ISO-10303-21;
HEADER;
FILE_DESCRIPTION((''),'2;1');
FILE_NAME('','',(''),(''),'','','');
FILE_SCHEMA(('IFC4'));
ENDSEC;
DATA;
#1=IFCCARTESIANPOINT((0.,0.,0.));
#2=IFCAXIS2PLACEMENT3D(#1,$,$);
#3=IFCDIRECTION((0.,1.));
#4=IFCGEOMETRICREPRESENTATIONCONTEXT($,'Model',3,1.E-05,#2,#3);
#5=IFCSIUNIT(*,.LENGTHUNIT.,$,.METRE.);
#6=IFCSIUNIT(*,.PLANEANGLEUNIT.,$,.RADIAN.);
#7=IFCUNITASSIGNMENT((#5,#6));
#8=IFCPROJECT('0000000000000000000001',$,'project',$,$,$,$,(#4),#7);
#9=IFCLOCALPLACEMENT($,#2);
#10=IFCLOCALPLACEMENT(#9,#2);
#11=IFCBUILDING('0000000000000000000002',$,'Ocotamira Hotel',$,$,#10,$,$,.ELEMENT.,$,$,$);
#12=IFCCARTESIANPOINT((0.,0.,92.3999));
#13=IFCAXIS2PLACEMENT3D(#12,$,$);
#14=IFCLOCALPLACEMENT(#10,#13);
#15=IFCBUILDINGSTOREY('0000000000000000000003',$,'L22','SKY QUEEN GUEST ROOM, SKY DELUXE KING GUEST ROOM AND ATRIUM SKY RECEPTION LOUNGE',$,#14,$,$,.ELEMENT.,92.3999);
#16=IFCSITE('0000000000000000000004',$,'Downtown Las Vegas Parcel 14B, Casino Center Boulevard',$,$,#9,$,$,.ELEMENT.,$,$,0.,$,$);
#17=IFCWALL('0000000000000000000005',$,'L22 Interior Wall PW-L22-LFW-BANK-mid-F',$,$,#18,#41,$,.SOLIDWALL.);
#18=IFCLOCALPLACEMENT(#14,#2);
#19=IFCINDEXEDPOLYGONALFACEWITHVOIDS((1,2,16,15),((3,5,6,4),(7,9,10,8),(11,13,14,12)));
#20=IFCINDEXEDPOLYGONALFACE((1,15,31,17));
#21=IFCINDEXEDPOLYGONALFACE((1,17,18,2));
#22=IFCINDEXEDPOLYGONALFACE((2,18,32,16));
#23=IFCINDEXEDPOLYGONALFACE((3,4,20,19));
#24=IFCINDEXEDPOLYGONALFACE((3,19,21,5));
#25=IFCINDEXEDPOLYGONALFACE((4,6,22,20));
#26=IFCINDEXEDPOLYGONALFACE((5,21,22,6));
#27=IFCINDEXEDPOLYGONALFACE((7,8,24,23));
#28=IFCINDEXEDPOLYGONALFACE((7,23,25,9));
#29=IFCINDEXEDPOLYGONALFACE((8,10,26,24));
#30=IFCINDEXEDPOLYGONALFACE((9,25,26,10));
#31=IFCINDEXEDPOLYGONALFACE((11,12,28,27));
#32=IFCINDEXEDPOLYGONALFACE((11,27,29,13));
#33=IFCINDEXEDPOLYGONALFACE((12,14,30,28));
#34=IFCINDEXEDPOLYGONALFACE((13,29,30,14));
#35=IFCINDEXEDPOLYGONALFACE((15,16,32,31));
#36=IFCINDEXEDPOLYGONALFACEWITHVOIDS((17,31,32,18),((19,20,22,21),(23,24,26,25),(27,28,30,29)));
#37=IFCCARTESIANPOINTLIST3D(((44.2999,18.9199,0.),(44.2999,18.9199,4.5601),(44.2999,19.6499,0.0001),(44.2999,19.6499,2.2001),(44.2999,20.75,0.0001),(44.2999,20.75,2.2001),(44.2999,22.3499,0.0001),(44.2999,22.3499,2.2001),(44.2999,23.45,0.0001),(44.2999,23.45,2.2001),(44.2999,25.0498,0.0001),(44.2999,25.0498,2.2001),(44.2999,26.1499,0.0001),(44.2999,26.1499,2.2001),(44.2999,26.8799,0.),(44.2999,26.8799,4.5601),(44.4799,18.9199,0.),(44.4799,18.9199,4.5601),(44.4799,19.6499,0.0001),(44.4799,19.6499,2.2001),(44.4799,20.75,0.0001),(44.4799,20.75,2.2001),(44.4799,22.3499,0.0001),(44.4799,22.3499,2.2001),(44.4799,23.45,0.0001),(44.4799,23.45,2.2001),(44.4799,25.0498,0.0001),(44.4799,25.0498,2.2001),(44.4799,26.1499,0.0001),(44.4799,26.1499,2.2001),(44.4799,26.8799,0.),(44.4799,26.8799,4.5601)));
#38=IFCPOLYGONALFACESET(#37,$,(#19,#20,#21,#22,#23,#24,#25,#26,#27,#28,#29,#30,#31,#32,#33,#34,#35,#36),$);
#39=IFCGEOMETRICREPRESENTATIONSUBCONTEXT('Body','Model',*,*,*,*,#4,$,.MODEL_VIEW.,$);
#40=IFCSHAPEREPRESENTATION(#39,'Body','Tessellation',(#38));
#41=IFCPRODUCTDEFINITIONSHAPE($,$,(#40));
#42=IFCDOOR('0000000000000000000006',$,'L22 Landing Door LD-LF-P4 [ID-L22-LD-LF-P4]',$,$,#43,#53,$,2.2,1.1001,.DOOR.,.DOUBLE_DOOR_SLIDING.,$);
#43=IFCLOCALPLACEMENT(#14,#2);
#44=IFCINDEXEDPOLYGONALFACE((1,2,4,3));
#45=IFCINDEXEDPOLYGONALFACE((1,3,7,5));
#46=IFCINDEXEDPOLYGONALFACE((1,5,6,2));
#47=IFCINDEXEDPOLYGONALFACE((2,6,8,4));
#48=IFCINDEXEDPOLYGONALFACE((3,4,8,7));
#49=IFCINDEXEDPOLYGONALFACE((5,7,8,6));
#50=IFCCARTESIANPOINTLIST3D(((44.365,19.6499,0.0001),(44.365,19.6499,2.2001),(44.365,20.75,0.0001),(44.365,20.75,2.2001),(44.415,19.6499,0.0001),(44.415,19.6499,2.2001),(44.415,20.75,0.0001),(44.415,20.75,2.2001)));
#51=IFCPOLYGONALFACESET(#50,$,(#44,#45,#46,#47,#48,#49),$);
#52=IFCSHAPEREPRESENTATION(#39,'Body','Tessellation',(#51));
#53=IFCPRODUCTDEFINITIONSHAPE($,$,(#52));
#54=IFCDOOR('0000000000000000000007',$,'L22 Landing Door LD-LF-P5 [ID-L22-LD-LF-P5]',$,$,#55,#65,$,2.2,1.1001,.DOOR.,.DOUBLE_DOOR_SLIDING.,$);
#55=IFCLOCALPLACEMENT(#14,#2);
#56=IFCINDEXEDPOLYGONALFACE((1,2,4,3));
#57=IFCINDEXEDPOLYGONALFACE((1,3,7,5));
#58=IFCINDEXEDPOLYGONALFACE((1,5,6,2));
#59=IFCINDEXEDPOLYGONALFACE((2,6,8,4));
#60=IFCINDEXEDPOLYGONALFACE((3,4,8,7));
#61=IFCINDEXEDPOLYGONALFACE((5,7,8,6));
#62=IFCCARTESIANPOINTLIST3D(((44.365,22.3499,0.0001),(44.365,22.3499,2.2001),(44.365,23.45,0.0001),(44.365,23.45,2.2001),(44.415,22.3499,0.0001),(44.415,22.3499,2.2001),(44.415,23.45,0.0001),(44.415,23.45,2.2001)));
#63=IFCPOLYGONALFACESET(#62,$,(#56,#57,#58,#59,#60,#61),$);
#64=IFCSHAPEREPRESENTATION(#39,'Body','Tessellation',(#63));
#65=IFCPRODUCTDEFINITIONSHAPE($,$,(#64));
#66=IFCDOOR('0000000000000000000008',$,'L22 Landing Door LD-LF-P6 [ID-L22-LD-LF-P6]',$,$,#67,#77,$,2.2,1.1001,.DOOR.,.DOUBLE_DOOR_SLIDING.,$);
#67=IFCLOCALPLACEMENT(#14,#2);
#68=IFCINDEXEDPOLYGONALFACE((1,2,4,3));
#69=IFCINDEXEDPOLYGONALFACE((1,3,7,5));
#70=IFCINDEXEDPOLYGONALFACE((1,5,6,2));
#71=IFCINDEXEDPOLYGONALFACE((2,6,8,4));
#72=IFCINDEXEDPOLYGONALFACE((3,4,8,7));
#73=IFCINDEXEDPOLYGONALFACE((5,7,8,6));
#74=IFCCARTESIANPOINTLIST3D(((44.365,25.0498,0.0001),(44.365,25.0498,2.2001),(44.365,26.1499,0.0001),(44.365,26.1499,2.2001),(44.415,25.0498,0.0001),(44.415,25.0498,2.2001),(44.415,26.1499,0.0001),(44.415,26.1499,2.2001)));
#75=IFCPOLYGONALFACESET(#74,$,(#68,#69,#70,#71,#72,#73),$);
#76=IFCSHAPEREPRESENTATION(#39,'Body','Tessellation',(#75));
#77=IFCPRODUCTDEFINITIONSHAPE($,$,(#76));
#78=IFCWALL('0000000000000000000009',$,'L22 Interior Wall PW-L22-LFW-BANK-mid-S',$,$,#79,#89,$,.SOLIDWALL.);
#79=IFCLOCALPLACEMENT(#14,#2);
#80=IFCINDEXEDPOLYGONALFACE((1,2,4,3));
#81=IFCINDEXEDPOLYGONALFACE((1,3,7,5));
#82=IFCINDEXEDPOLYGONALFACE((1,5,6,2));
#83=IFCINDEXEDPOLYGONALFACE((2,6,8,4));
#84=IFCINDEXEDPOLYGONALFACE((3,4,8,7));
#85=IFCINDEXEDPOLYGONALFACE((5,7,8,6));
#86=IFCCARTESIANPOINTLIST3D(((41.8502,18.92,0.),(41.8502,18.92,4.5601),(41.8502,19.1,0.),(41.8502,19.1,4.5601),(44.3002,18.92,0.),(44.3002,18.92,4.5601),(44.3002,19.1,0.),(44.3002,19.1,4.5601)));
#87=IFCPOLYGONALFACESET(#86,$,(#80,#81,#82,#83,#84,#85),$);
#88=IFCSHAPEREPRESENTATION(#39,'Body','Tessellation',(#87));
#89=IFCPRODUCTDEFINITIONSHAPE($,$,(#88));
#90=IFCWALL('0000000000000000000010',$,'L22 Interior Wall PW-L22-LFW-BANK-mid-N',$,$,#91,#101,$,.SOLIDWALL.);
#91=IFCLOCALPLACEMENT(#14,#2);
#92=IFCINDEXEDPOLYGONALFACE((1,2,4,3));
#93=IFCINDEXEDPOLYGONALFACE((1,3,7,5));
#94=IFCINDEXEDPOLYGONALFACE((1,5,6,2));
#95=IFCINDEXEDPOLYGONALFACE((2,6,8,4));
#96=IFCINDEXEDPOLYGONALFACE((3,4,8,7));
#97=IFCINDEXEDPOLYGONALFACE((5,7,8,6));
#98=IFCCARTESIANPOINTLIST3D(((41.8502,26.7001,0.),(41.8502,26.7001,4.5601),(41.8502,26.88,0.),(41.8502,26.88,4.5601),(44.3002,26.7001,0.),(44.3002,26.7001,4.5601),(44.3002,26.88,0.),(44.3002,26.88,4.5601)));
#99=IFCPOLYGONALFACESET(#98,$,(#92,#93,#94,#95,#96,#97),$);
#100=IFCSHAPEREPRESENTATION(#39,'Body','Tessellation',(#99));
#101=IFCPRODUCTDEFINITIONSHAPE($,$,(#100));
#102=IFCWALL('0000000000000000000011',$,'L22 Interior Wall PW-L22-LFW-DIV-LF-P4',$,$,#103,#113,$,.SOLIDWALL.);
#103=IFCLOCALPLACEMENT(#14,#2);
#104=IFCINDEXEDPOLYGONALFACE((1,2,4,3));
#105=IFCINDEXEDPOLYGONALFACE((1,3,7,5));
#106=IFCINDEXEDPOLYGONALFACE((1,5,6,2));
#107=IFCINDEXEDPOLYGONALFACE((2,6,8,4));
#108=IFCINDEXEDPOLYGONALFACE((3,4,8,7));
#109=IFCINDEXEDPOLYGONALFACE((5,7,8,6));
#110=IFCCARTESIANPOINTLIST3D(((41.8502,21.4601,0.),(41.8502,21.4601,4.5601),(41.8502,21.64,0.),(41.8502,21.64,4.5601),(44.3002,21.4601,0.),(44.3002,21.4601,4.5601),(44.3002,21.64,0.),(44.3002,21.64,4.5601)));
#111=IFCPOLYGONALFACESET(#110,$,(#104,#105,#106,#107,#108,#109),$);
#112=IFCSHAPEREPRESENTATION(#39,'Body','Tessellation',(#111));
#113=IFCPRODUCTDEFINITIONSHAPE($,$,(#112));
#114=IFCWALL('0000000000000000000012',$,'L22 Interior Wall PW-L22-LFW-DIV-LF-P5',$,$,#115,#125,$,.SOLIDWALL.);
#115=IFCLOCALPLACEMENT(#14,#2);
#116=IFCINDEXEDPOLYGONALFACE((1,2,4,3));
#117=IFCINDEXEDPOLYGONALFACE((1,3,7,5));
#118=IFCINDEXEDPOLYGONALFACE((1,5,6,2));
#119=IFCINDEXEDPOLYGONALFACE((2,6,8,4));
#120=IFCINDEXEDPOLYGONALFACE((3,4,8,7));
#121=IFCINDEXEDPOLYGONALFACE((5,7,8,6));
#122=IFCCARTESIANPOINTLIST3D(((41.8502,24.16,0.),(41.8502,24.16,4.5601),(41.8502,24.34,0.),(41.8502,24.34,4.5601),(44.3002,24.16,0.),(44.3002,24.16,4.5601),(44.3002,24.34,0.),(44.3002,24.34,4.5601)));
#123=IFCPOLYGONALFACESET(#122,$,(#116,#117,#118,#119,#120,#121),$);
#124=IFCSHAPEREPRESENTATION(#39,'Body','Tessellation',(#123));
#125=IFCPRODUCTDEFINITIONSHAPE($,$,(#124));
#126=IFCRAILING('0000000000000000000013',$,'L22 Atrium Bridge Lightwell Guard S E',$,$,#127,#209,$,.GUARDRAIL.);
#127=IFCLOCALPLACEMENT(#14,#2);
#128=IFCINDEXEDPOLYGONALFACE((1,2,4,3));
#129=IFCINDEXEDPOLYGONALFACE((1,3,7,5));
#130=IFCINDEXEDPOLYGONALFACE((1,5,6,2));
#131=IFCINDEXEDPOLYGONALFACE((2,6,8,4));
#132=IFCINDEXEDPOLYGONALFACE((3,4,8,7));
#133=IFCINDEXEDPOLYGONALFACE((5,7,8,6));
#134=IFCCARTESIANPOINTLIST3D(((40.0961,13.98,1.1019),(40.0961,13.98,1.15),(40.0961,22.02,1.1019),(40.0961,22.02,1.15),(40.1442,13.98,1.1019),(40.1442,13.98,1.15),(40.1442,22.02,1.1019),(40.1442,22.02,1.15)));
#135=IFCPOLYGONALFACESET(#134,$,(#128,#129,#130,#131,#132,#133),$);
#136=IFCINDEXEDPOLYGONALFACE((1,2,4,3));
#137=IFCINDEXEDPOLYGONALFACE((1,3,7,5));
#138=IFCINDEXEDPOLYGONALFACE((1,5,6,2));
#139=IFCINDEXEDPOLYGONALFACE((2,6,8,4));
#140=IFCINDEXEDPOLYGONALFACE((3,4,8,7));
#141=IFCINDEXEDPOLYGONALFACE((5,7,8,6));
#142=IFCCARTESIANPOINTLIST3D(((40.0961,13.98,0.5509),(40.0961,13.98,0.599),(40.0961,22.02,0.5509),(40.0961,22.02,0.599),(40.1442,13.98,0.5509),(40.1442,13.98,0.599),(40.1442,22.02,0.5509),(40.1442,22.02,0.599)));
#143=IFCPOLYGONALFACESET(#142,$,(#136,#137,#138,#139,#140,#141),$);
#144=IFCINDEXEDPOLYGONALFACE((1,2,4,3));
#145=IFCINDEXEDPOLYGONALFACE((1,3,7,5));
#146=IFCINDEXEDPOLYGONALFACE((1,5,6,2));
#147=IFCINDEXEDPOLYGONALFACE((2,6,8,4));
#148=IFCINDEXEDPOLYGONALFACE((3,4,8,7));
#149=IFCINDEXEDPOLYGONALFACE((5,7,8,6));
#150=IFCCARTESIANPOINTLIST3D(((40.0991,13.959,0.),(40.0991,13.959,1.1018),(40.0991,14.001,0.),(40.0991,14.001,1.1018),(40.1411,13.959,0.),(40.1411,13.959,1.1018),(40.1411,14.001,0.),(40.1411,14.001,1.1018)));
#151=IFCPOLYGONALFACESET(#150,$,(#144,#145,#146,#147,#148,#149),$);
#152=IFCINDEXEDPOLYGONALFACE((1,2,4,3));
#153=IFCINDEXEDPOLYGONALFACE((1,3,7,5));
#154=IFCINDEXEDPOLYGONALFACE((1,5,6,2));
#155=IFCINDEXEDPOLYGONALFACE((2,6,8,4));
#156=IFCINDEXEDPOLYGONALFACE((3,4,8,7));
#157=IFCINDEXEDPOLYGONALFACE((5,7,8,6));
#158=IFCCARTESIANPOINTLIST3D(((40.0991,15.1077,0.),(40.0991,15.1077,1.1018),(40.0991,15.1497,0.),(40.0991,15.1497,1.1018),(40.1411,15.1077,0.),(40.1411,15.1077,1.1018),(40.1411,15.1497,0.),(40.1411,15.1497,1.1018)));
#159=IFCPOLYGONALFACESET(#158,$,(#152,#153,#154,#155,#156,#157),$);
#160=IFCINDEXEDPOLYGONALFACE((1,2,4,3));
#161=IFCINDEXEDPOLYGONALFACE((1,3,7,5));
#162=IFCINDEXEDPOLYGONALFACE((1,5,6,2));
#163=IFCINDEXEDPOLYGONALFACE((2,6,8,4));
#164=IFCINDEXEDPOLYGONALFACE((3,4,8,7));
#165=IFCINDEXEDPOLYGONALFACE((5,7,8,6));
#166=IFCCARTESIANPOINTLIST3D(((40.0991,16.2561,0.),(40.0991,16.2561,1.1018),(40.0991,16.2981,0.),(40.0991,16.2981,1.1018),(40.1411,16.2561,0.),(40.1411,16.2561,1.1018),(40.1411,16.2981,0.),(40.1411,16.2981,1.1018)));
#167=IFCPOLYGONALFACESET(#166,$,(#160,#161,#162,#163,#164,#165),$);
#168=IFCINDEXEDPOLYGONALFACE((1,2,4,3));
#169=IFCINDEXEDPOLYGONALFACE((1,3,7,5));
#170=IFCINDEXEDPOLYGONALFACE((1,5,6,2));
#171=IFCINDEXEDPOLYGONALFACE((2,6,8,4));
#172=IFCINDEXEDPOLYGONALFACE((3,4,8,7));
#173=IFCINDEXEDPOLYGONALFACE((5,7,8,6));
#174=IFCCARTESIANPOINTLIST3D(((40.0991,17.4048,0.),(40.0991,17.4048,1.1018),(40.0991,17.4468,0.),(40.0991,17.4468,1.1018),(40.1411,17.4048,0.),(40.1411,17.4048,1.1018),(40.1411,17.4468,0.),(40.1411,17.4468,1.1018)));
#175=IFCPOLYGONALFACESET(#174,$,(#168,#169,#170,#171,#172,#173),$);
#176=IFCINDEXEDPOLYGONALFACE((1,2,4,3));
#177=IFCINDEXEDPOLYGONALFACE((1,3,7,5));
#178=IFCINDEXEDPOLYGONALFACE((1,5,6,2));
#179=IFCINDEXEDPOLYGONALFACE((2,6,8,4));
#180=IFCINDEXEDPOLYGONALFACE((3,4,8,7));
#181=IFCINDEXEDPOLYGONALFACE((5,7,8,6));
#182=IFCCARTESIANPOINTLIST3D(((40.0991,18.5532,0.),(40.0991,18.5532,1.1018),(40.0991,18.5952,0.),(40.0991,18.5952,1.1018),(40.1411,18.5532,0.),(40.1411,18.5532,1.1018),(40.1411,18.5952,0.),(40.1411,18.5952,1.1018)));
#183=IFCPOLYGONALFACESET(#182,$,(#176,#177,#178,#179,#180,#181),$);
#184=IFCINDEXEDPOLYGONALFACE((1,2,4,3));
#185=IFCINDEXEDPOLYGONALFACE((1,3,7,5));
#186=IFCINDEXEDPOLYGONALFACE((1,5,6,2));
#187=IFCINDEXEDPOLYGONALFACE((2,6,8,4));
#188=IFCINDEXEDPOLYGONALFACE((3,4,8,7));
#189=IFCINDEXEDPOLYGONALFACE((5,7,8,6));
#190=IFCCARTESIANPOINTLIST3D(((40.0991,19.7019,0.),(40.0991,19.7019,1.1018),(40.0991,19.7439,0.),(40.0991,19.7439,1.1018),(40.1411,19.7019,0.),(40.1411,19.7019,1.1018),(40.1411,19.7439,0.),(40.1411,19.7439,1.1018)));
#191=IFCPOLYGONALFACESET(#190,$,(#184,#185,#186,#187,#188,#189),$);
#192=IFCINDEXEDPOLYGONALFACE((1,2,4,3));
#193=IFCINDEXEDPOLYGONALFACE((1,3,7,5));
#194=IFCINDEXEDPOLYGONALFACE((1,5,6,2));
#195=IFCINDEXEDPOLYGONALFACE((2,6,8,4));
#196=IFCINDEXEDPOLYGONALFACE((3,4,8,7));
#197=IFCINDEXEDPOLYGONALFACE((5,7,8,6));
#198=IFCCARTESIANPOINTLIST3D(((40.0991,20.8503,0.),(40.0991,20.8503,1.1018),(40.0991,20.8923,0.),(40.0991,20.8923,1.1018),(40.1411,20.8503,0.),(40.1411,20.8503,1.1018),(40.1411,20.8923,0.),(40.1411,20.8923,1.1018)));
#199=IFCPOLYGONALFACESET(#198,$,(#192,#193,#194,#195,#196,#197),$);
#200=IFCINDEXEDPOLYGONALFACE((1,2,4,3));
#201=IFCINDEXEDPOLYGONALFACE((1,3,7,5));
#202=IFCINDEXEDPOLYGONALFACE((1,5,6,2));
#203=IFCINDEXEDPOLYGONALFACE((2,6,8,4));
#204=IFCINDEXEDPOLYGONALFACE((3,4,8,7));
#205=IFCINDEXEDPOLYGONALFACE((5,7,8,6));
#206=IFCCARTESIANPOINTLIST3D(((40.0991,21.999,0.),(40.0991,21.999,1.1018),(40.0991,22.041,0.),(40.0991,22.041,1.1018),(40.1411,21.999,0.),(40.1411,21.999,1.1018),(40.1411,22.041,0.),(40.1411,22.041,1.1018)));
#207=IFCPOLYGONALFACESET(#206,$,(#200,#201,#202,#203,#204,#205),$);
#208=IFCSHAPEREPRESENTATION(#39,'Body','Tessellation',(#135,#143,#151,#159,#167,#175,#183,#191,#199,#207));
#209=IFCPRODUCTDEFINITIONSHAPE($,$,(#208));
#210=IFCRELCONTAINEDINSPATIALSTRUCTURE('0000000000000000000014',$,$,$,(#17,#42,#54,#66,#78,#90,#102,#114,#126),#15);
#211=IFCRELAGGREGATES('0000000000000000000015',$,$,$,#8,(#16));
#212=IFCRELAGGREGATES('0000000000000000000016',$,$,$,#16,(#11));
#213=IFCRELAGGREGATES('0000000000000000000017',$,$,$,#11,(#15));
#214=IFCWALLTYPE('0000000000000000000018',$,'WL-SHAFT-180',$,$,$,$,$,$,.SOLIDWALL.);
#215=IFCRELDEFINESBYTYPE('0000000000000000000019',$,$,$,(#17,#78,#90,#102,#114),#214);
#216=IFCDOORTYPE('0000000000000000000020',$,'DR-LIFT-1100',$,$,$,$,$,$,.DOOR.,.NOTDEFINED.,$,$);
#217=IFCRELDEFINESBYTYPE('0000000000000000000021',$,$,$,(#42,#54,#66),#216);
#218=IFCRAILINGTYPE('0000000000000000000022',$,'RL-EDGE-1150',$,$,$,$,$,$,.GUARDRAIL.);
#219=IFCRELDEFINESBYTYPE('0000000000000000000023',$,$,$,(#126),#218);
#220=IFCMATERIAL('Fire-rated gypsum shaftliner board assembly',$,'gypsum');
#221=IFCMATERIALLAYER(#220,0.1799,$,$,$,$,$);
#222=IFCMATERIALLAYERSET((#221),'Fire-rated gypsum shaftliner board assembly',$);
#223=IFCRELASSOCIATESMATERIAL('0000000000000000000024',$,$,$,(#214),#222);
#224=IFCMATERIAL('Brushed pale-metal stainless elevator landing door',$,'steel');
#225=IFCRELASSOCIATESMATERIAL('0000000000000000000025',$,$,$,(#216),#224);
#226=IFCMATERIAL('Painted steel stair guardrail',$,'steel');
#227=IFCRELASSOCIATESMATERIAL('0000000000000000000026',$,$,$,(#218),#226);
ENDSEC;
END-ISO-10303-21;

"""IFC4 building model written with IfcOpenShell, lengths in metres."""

from ifc_helpers import new_model, si_unit, direction, frame, frame_2d, origin, origin_2d, place, context, subcontext, project, spatial, rectangle, extrude, source, transform, mapped, material, layer, layer_set, type_object, element, fill, save


model = new_model("IFC4")

# Units and contexts
model_context = context("Model", 3, precision=1e-05, world=origin(), true_north=direction((0.0, 1.0)))
body_context = subcontext(model_context, "Body", "Model", "MODEL_VIEW")
ifc_project = project(units=[si_unit("LENGTHUNIT", "METRE"), si_unit("PLANEANGLEUNIT", "RADIAN")], contexts=[model_context])

# Site, building, storey
site_placement = place(None, origin())
site = spatial("IfcSite", under=ifc_project, at=site_placement, Name="Downtown Las Vegas Parcel 14B, Casino Center Boulevard", CompositionType="ELEMENT", RefElevation=0.0)
building_placement = place(site_placement, origin())
building = spatial("IfcBuilding", under=site, at=building_placement, Name="Ocotamira Hotel", CompositionType="ELEMENT")
storey_placement = place(building_placement, frame((0.0, 0.0, 92.3999)))
storey = spatial("IfcBuildingStorey", under=building, at=storey_placement, Name="L22", Description="SKY QUEEN GUEST ROOM, SKY DELUXE KING GUEST ROOM AND ATRIUM SKY RECEPTION LOUNGE", CompositionType="ELEMENT", Elevation=92.3999)

# Wall, openings, doors
ifc_material_1 = material(Name="Fire-rated gypsum shaftliner board assembly", Category="gypsum")
ifc_layer_1 = layer(ifc_material_1, 0.1799)
ifc_layer_set_1 = layer_set([ifc_layer_1], Name="Fire-rated gypsum shaftliner board assembly")
wall_type_1 = type_object("IfcWallType", Name="WL-SHAFT-180", PredefinedType="SOLIDWALL", material=ifc_layer_set_1)
wall_1_placement = place(storey_placement, frame((44.3899, 18.9199, 0.0), z_axis=(0.0, 0.0, 1.0), x_axis=(0.0, 1.0, 0.0)))
wall_1 = element("IfcWall", 1, at=wall_1_placement, inside=storey, type_object=wall_type_1, Name="L22 Interior Wall PW-L22-LFW-BANK-mid-F", PredefinedType="SOLIDWALL", context=body_context, shape_type="SweptSolid", body=[
    extrude(rectangle(XDim=7.96, YDim=0.1799, at=frame_2d((3.98, 0.0))), origin(), (0.0, 0.0, 1.0), 4.5601),
])
opening_1_placement = place(wall_1_placement, frame((0.73, 0.0, 0.0)))
opening_1 = element("IfcOpeningElement", 2, at=opening_1_placement, cuts=wall_1, PredefinedType="OPENING", context=body_context, shape_type="SweptSolid", body=[
    extrude(rectangle(XDim=1.1001, YDim=2.2, at=frame_2d((0.55, 1.1001))), frame((0.0, 0.1001, 0.0), z_axis=(0.0, -1.0, 0.0), x_axis=(1.0, 0.0, 0.0)), (0.0, 0.0, 1.0), 0.2),
])
opening_2_placement = place(wall_1_placement, frame((3.4299, 0.0, 0.0)))
opening_2 = element("IfcOpeningElement", 3, at=opening_2_placement, cuts=wall_1, PredefinedType="OPENING", context=body_context, shape_type="SweptSolid", body=[
    extrude(rectangle(XDim=1.1001, YDim=2.2, at=frame_2d((0.55, 1.1001))), frame((0.0, 0.1001, 0.0), z_axis=(0.0, -1.0, 0.0), x_axis=(1.0, 0.0, 0.0)), (0.0, 0.0, 1.0), 0.2),
])
opening_3_placement = place(wall_1_placement, frame((6.1299, 0.0, 0.0)))
opening_3 = element("IfcOpeningElement", 4, at=opening_3_placement, cuts=wall_1, PredefinedType="OPENING", context=body_context, shape_type="SweptSolid", body=[
    extrude(rectangle(XDim=1.1001, YDim=2.2, at=frame_2d((0.55, 1.1001))), frame((0.0, 0.1001, 0.0), z_axis=(0.0, -1.0, 0.0), x_axis=(1.0, 0.0, 0.0)), (0.0, 0.0, 1.0), 0.2),
])
ifc_material_2 = material(Name="Brushed pale-metal stainless elevator landing door", Category="steel")
door_type_1 = type_object("IfcDoorType", Name="DR-LIFT-1100", OperationType="NOTDEFINED", PredefinedType="DOOR", material=ifc_material_2)
shared_shape_1 = source(origin(), body_context, "Body", "SweptSolid", [
    extrude(rectangle(XDim=1.1001, YDim=2.2, at=frame_2d((0.55, 1.1001))), frame((0.0, 0.0249, 0.0), z_axis=(0.0, -1.0, 0.0), x_axis=(1.0, 0.0, 0.0)), (0.0, 0.0, 1.0), 0.05),
])
door_1_placement = place(opening_1_placement, origin())
door_1 = element("IfcDoor", 5, at=door_1_placement, inside=storey, type_object=door_type_1, Name="L22 Landing Door LD-LF-P4 [ID-L22-LD-LF-P4]", OperationType="DOUBLE_DOOR_SLIDING", OverallHeight=2.2, OverallWidth=1.1001, PredefinedType="DOOR", context=body_context, shape_type="MappedRepresentation", body=[
    mapped(shared_shape_1, transform((0.0, 0.0, 0.0), scale=1.0)),
])
fill(opening_1, door_1)
door_2_placement = place(opening_2_placement, origin())
door_2 = element("IfcDoor", 6, at=door_2_placement, inside=storey, type_object=door_type_1, Name="L22 Landing Door LD-LF-P5 [ID-L22-LD-LF-P5]", OperationType="DOUBLE_DOOR_SLIDING", OverallHeight=2.2, OverallWidth=1.1001, PredefinedType="DOOR", context=body_context, shape_type="MappedRepresentation", body=[
    mapped(shared_shape_1, transform((0.0, 0.0, 0.0), scale=1.0)),
])
fill(opening_2, door_2)
door_3_placement = place(opening_3_placement, origin())
door_3 = element("IfcDoor", 7, at=door_3_placement, inside=storey, type_object=door_type_1, Name="L22 Landing Door LD-LF-P6 [ID-L22-LD-LF-P6]", OperationType="DOUBLE_DOOR_SLIDING", OverallHeight=2.2, OverallWidth=1.1001, PredefinedType="DOOR", context=body_context, shape_type="MappedRepresentation", body=[
    mapped(shared_shape_1, transform((0.0, 0.0, 0.0), scale=1.0)),
])
fill(opening_3, door_3)

# Walls
for number, where, z_axis, x_axis, name in (
    (8, (41.8501, 19.01, 0.0), (0.0, 0.0, 1.0), (1.0, 0.0, 0.0), "L22 Interior Wall PW-L22-LFW-BANK-mid-S"),
    (9, (41.8501, 26.79, 0.0), (0.0, 0.0, 1.0), (1.0, 0.0, 0.0), "L22 Interior Wall PW-L22-LFW-BANK-mid-N"),
    (10, (41.8501, 21.55, 0.0), (0.0, 0.0, 1.0), (1.0, 0.0, 0.0), "L22 Interior Wall PW-L22-LFW-DIV-LF-P4"),
    (11, (41.8501, 24.25, 0.0), (0.0, 0.0, 1.0), (1.0, 0.0, 0.0), "L22 Interior Wall PW-L22-LFW-DIV-LF-P5"),
):
    element("IfcWall", number, at=place(storey_placement, frame(where, z_axis=z_axis, x_axis=x_axis)), inside=storey, type_object=wall_type_1, Name=name, PredefinedType="SOLIDWALL", context=body_context, shape_type="SweptSolid", body=[
        extrude(rectangle(XDim=2.45, YDim=0.1799, at=frame_2d((1.2251, 0.0))), origin(), (0.0, 0.0, 1.0), 4.5601),
    ])

# Railing
ifc_material_3 = material(Name="Painted steel stair guardrail", Category="steel")
railing_type = type_object("IfcRailingType", Name="RL-EDGE-1150", PredefinedType="GUARDRAIL", material=ifc_material_3)
railing_1_placement = place(storey_placement, frame((40.1201, 13.98, 0.0)))
element("IfcRailing", 12, at=railing_1_placement, inside=storey, type_object=railing_type, Name="L22 Atrium Bridge Lightwell Guard S E", PredefinedType="GUARDRAIL", context=body_context, shape_type="SweptSolid", body=[
    extrude(rectangle(XDim=0.0481, YDim=0.0481, at=origin_2d()), frame((0.0, 0.0, 1.126), z_axis=(0.0, 1.0, 0.0), x_axis=(-1.0, 0.0, 0.0)), (0.0, 0.0, 1.0), 8.04),
    extrude(rectangle(XDim=0.0481, YDim=0.0481, at=origin_2d()), frame((0.0, 0.0, 0.575), z_axis=(0.0, 1.0, 0.0), x_axis=(-1.0, 0.0, 0.0)), (0.0, 0.0, 1.0), 8.04),
    extrude(rectangle(XDim=0.042, YDim=0.042, at=origin_2d()), origin(), (0.0, 0.0, 1.0), 1.1018),
    extrude(rectangle(XDim=0.042, YDim=0.042, at=origin_2d()), frame((0.0, 1.1487, 0.0)), (0.0, 0.0, 1.0), 1.1018),
    extrude(rectangle(XDim=0.042, YDim=0.042, at=origin_2d()), frame((0.0, 2.2971, 0.0)), (0.0, 0.0, 1.0), 1.1018),
    extrude(rectangle(XDim=0.042, YDim=0.042, at=origin_2d()), frame((0.0, 3.4458, 0.0)), (0.0, 0.0, 1.0), 1.1018),
    extrude(rectangle(XDim=0.042, YDim=0.042, at=origin_2d()), frame((0.0, 4.5942, 0.0)), (0.0, 0.0, 1.0), 1.1018),
    extrude(rectangle(XDim=0.042, YDim=0.042, at=origin_2d()), frame((0.0, 5.7429, 0.0)), (0.0, 0.0, 1.0), 1.1018),
    extrude(rectangle(XDim=0.042, YDim=0.042, at=origin_2d()), frame((0.0, 6.8914, 0.0)), (0.0, 0.0, 1.0), 1.1018),
    extrude(rectangle(XDim=0.042, YDim=0.042, at=origin_2d()), frame((0.0, 8.04, 0.0)), (0.0, 0.0, 1.0), 1.1018),
])

save(model, "model.ifc")
